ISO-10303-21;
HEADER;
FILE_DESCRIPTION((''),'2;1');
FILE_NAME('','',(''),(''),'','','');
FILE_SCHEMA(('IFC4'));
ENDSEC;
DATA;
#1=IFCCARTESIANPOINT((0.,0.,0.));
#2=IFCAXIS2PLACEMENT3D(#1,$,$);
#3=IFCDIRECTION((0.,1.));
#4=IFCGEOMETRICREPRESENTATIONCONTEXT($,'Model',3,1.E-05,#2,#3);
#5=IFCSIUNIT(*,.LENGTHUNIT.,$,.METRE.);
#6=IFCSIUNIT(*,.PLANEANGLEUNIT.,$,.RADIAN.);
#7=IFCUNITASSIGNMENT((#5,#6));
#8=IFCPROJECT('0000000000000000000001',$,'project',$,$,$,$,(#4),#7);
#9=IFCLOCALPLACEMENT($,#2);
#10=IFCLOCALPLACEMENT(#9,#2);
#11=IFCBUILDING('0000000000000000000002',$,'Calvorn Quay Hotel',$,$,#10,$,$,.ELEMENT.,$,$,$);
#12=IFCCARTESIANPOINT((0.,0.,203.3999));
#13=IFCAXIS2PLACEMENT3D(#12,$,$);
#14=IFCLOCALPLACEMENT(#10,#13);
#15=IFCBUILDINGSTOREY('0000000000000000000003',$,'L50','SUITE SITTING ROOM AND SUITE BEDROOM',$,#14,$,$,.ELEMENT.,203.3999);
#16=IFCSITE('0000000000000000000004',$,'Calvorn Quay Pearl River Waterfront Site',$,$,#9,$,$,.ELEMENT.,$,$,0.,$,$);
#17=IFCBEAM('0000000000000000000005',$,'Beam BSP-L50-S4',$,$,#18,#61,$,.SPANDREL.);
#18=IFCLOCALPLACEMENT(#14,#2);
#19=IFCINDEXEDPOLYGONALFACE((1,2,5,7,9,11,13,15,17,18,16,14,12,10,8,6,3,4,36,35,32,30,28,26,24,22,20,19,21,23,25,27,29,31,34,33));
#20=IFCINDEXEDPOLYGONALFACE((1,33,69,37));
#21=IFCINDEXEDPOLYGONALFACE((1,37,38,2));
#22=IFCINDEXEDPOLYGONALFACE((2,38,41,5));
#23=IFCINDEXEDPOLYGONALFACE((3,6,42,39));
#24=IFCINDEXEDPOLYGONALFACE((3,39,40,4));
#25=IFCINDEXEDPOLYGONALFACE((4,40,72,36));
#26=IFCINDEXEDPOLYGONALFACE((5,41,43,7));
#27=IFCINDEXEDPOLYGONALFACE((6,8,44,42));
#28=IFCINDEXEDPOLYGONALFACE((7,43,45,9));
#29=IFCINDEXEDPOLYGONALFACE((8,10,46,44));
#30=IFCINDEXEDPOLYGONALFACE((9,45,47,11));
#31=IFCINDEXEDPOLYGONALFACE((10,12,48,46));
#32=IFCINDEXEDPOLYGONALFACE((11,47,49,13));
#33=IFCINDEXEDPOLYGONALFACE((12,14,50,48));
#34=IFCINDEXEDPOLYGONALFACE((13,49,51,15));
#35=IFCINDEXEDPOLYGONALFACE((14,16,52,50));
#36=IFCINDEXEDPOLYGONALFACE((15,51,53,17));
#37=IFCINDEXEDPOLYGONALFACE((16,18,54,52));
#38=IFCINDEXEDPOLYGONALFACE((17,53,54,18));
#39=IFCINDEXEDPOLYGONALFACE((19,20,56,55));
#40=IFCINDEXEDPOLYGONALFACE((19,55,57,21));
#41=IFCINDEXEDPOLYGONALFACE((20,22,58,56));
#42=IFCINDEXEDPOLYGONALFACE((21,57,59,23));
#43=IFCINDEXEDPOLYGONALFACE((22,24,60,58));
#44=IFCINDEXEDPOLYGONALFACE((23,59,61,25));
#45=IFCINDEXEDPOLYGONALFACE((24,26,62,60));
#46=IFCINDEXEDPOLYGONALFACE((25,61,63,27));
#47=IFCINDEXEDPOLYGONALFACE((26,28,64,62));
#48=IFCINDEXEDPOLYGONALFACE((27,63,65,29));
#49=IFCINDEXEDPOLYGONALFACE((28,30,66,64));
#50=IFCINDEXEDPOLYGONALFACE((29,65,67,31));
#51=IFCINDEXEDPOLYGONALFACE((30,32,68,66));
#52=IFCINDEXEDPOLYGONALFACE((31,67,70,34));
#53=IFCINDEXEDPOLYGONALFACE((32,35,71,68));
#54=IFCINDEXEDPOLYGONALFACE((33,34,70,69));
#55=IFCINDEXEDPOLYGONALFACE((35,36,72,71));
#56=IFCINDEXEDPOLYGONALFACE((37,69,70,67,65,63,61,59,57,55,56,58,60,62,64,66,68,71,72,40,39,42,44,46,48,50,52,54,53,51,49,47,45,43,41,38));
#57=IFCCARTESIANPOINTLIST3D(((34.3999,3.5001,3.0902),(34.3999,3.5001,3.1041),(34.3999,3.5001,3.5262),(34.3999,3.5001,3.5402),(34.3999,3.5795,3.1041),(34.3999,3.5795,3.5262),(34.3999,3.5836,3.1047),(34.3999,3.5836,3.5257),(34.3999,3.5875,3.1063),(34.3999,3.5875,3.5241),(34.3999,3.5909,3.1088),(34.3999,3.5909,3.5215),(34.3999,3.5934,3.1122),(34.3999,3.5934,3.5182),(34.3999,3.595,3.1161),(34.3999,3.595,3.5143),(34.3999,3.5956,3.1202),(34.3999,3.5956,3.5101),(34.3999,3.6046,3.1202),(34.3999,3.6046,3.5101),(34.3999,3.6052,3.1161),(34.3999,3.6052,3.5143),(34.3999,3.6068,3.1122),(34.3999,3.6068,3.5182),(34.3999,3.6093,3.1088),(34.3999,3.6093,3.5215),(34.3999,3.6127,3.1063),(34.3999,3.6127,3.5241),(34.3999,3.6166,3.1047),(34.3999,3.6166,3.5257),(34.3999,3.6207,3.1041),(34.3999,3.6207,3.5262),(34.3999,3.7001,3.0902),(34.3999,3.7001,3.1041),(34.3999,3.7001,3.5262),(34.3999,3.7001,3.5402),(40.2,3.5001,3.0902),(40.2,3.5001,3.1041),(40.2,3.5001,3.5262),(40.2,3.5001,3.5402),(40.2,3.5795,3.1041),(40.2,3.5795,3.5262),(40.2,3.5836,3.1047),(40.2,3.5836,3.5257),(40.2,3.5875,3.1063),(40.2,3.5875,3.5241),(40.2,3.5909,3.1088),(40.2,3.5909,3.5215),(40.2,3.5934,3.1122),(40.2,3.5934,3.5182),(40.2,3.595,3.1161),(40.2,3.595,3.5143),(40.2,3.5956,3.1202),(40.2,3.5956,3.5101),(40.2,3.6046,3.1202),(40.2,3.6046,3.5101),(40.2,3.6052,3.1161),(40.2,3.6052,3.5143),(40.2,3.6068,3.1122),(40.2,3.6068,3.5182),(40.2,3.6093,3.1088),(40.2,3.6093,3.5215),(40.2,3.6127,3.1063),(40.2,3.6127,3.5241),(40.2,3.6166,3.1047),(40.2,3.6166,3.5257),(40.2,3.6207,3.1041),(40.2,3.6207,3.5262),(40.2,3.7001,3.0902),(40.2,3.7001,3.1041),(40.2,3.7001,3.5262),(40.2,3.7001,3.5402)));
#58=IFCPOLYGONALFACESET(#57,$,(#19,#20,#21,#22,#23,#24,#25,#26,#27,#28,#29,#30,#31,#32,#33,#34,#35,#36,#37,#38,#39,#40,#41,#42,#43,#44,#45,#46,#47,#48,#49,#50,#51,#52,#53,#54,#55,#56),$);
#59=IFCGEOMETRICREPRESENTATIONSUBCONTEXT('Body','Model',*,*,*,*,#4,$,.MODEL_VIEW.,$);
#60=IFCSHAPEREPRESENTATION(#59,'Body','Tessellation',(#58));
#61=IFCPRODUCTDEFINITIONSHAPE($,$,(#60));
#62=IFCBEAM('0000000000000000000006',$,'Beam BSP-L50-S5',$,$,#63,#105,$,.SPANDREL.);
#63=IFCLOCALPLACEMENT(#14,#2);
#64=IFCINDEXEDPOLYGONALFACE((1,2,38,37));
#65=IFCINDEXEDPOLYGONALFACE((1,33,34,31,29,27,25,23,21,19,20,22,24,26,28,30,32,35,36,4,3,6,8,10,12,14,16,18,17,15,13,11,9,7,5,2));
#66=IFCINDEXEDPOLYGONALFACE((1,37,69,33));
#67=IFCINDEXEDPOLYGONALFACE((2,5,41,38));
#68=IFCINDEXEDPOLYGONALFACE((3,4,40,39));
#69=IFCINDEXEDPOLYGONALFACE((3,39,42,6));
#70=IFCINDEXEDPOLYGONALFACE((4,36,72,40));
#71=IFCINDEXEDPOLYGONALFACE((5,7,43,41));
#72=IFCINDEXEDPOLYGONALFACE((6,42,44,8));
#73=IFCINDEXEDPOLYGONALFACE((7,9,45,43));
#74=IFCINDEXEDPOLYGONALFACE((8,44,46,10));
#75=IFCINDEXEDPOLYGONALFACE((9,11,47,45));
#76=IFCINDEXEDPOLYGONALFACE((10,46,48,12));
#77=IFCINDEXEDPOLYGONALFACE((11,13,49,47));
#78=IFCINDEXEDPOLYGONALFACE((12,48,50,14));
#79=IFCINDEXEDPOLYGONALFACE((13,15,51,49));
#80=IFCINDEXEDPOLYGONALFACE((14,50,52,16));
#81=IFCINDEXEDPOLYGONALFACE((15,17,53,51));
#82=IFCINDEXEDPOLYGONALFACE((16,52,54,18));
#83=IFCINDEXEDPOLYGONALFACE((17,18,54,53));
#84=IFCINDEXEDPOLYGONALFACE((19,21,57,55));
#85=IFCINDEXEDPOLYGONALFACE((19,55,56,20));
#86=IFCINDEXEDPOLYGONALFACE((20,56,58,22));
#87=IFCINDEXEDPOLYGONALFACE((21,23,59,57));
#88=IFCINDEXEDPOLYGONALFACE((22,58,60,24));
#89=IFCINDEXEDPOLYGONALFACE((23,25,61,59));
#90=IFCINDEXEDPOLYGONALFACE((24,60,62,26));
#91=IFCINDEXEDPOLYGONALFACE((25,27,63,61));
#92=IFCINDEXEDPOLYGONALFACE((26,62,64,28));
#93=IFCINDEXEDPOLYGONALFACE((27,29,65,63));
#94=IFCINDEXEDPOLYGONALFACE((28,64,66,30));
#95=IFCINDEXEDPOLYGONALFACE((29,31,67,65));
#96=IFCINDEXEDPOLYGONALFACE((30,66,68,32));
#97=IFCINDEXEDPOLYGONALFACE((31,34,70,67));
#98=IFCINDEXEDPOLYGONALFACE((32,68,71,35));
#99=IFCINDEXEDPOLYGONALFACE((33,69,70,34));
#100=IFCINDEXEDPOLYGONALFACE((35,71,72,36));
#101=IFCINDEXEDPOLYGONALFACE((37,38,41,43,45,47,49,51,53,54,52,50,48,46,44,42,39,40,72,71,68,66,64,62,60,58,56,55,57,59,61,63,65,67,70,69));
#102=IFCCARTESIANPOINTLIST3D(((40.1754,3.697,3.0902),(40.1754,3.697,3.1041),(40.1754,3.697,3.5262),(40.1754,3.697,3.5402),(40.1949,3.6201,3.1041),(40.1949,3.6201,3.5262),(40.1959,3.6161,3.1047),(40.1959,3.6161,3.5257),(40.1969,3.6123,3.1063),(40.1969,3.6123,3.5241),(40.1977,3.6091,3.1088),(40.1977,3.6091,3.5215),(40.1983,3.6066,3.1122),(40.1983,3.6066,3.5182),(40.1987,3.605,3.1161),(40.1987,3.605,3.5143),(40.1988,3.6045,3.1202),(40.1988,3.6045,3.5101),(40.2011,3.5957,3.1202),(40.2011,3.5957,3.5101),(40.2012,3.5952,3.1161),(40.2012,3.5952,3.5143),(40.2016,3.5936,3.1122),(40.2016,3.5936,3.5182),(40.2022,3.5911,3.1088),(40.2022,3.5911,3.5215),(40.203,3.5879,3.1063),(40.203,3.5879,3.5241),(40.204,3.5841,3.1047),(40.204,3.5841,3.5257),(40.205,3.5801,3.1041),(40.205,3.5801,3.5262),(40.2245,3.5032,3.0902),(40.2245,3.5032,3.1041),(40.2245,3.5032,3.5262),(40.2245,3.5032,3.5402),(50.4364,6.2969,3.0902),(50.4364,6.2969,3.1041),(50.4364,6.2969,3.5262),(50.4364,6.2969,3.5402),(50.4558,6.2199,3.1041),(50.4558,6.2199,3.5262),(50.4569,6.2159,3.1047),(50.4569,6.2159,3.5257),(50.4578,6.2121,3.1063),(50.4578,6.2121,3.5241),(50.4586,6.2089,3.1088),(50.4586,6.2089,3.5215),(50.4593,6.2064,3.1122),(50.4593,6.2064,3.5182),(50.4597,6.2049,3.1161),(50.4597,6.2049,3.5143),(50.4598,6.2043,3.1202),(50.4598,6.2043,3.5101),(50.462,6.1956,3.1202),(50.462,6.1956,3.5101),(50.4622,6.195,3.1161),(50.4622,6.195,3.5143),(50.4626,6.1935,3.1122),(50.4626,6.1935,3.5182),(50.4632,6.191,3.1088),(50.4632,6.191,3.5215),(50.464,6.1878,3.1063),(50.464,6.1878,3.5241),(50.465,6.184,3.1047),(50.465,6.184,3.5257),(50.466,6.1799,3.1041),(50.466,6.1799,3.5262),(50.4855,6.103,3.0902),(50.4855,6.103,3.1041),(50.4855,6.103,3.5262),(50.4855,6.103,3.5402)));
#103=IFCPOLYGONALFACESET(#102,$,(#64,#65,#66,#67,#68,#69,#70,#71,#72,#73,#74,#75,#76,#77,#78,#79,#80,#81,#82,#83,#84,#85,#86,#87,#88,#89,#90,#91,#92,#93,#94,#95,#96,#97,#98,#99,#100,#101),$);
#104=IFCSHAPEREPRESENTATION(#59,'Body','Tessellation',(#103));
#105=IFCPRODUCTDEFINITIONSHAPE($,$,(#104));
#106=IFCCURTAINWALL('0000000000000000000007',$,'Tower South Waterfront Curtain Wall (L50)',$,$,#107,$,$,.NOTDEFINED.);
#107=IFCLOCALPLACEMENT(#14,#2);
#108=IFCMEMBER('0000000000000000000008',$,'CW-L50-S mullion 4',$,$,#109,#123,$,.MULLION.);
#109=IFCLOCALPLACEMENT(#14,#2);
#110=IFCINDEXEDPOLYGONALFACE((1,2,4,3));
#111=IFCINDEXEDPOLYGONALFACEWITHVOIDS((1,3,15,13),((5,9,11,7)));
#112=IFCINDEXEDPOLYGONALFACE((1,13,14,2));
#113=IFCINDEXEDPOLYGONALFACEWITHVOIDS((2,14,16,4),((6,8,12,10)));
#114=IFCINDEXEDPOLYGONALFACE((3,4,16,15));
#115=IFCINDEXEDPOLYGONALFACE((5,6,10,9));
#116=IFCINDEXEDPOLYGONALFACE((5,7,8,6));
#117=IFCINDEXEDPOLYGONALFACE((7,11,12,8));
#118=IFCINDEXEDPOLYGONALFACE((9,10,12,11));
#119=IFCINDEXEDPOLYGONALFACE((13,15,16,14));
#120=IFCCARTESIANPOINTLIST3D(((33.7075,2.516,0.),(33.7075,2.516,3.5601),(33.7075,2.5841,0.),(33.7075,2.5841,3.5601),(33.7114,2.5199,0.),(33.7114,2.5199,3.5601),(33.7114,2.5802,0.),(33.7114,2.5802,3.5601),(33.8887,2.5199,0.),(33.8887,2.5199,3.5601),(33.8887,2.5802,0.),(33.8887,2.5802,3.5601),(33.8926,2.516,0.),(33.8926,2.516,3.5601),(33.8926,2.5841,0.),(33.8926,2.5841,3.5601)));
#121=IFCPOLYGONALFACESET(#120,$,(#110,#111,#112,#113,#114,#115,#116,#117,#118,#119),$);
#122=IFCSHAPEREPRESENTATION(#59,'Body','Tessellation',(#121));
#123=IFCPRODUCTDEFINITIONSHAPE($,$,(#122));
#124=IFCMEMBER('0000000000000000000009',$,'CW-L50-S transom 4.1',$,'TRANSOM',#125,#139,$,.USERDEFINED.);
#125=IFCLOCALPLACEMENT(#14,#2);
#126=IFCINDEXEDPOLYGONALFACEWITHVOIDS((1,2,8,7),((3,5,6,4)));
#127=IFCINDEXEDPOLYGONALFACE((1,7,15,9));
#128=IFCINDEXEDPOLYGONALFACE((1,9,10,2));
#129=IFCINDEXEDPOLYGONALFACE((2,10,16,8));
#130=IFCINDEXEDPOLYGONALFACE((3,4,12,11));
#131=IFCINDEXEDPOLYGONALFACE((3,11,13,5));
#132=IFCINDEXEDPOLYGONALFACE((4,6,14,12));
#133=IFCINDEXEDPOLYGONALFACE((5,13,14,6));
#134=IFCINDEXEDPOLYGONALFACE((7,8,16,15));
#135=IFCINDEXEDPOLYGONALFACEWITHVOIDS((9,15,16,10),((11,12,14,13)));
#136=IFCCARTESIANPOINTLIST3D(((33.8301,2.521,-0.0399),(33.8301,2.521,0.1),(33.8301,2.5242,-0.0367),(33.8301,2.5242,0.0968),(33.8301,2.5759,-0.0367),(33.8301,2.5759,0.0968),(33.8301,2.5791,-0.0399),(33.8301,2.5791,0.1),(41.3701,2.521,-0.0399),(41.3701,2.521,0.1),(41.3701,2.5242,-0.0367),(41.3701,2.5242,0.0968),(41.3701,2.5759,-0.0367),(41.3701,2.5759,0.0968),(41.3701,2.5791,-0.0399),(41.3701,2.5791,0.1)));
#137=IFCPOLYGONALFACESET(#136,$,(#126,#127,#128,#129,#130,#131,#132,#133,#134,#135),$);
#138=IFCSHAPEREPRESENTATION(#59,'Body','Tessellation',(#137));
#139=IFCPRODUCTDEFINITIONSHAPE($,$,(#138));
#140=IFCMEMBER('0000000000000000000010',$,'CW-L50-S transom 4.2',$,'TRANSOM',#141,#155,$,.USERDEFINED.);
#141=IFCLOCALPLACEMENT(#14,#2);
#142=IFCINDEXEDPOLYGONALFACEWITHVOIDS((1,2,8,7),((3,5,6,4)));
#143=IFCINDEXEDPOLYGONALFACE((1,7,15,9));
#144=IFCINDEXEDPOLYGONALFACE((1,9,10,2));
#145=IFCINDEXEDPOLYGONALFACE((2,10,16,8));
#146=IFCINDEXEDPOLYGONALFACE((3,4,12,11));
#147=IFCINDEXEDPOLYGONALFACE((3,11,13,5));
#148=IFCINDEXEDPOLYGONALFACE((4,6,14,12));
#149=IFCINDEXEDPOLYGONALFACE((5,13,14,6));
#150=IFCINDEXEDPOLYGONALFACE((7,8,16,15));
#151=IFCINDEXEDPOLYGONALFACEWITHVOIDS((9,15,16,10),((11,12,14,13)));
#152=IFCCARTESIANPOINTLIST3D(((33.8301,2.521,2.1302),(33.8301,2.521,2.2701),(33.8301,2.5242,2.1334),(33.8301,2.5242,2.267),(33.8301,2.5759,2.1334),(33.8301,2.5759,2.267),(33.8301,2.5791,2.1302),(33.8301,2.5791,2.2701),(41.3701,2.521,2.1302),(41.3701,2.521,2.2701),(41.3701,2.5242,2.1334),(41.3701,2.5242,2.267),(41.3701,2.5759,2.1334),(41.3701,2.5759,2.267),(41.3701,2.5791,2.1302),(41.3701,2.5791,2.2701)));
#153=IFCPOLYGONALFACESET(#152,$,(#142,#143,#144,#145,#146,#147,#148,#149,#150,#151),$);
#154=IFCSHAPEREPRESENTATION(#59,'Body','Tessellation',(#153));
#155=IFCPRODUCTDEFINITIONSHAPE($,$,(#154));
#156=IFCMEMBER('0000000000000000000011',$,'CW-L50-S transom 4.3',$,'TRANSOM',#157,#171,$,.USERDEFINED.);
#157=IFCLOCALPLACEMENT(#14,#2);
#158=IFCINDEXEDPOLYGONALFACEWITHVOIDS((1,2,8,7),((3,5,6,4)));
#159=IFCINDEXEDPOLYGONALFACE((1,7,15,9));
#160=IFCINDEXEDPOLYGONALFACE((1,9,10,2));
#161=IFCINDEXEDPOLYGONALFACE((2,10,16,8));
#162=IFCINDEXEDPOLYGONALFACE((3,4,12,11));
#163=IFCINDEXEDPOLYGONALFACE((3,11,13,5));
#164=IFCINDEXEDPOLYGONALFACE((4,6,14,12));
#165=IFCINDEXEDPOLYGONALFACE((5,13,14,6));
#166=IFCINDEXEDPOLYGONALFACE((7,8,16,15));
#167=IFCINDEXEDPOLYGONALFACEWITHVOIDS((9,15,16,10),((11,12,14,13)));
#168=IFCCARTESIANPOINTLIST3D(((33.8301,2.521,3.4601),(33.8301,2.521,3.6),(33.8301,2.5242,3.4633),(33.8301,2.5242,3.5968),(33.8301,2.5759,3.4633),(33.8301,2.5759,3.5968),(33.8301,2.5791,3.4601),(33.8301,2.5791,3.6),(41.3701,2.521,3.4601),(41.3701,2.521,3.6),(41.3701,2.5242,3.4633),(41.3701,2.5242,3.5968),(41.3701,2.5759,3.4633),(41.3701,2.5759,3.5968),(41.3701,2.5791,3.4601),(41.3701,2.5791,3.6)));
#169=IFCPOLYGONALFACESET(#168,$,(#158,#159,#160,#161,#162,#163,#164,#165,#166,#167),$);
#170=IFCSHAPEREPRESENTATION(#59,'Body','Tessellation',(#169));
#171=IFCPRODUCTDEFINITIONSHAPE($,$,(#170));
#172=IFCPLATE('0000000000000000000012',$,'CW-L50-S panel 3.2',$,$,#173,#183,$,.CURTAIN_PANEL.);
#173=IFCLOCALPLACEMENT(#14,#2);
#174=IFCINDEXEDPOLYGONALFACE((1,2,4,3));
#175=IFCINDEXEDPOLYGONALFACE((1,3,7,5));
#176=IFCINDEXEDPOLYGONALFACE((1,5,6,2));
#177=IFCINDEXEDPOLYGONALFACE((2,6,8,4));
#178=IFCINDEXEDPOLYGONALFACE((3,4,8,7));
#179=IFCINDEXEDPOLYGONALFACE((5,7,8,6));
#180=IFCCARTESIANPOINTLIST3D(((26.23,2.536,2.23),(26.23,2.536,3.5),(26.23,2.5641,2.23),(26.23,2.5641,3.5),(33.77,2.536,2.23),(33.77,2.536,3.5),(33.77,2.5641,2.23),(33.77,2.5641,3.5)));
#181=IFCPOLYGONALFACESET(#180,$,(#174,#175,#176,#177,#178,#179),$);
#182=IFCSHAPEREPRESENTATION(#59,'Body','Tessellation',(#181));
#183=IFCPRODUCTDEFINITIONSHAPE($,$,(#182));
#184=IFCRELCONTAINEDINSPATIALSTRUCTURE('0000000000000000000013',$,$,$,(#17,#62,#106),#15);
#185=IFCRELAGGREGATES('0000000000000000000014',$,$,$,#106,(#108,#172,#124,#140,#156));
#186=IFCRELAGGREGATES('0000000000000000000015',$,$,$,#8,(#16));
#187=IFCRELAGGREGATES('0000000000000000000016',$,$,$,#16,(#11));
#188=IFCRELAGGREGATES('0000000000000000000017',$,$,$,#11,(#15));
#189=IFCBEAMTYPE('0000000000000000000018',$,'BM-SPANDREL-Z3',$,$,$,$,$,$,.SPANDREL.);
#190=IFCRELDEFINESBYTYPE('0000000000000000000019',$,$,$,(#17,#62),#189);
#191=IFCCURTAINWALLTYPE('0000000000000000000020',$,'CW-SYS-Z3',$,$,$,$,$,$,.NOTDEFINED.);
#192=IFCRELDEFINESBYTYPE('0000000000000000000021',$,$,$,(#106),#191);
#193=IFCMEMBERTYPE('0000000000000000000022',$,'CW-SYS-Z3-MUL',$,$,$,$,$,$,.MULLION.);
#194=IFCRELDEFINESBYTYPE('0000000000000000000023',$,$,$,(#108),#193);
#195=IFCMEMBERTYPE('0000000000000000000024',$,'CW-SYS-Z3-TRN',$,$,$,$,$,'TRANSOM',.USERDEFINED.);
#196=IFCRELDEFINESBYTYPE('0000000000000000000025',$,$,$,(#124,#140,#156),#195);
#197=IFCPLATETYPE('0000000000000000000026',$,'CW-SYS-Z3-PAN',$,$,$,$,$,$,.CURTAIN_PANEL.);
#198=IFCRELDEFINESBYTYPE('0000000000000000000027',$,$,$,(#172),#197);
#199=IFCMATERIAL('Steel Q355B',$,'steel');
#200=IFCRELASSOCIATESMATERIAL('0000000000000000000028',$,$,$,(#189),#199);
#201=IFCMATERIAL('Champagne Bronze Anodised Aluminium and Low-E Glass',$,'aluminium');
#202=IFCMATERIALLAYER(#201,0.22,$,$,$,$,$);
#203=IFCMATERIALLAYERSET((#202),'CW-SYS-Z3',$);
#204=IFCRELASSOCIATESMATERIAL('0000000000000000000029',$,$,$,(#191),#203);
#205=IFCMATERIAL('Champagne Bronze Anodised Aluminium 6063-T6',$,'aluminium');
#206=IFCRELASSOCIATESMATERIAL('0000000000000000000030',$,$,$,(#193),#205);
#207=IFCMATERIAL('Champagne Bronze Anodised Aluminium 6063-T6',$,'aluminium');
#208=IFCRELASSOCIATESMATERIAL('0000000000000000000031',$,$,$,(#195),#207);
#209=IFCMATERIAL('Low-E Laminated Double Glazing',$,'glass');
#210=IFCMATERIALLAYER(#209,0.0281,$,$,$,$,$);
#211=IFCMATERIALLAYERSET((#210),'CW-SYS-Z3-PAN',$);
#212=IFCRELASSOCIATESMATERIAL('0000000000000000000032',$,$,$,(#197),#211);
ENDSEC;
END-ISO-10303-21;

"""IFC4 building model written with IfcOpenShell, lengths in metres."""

from ifc_helpers import new_model, si_unit, direction, frame, origin, origin_2d, place, context, subcontext, project, spatial, rectangle, hollow_rectangle, i_section, extrude, material, layer, layer_set, material_profile, profile_set, type_object, element, aggregate, save


model = new_model("IFC4")

# Units and contexts
model_context = context("Model", 3, precision=1e-05, world=origin(), true_north=direction((0.0, 1.0)))
body_context = subcontext(model_context, "Body", "Model", "MODEL_VIEW")
ifc_project = project(units=[si_unit("LENGTHUNIT", "METRE"), si_unit("PLANEANGLEUNIT", "RADIAN")], contexts=[model_context])

# Site, building, storey
site_placement = place(None, origin())
site = spatial("IfcSite", under=ifc_project, at=site_placement, Name="Calvorn Quay Pearl River Waterfront Site", CompositionType="ELEMENT", RefElevation=0.0)
building_placement = place(site_placement, origin())
building = spatial("IfcBuilding", under=site, at=building_placement, Name="Calvorn Quay Hotel", CompositionType="ELEMENT")
storey_placement = place(building_placement, frame((0.0, 0.0, 203.3999)))
storey = spatial("IfcBuildingStorey", under=building, at=storey_placement, Name="L50", Description="SUITE SITTING ROOM AND SUITE BEDROOM", CompositionType="ELEMENT", Elevation=203.3999)

# Beams
ifc_material_1 = material(Name="Steel Q355B", Category="steel")
ifc_material_profile_1 = material_profile(ifc_material_1, i_section(OverallWidth=0.2, OverallDepth=0.45, WebThickness=0.009, FlangeThickness=0.0139, FilletRadius=0.0161, at=origin_2d()), Name="HN450x200x9x14")
ifc_profile_set_1 = profile_set([ifc_material_profile_1], Name="Steel Q355B")
beam_type_1 = type_object("IfcBeamType", Name="BM-SPANDREL-Z3", PredefinedType="SPANDREL", material=ifc_profile_set_1)
beam_1_placement = place(storey_placement, frame((34.3999, 3.6001, 3.3152), z_axis=(1.0, 0.0, 0.0), x_axis=(0.0, 1.0, 0.0)))
element("IfcBeam", 1, at=beam_1_placement, inside=storey, type_object=beam_type_1, Name="Beam BSP-L50-S4", PredefinedType="SPANDREL", context=body_context, shape_type="SweptSolid", body=[
    extrude(i_section(OverallWidth=0.2, OverallDepth=0.45, WebThickness=0.009, FlangeThickness=0.0139, FilletRadius=0.0161, at=origin_2d()), origin(), (0.0, 0.0, 1.0), 5.8),
])
beam_2_placement = place(storey_placement, frame((40.2, 3.6001, 3.3152), z_axis=(0.969368, 0.245611, 0.0), x_axis=(-0.245611, 0.969368, 0.0)))
element("IfcBeam", 2, at=beam_2_placement, inside=storey, type_object=beam_type_1, Name="Beam BSP-L50-S5", PredefinedType="SPANDREL", context=body_context, shape_type="SweptSolid", body=[
    extrude(i_section(OverallWidth=0.2, OverallDepth=0.45, WebThickness=0.009, FlangeThickness=0.0139, FilletRadius=0.0161, at=origin_2d()), origin(), (0.0, 0.0, 1.0), 10.5852),
])

# Curtain wall, members, plate
ifc_material_2 = material(Name="Champagne Bronze Anodised Aluminium and Low-E Glass", Category="aluminium")
ifc_layer_1 = layer(ifc_material_2, 0.22)
ifc_layer_set_1 = layer_set([ifc_layer_1], Name="CW-SYS-Z3")
curtain_wall_type = type_object("IfcCurtainWallType", Name="CW-SYS-Z3", PredefinedType="NOTDEFINED", material=ifc_layer_set_1)
curtain_wall_placement = place(storey_placement, origin())
curtain_wall = element("IfcCurtainWall", 3, at=curtain_wall_placement, inside=storey, type_object=curtain_wall_type, Name="Tower South Waterfront Curtain Wall (L50)", PredefinedType="NOTDEFINED")
ifc_material_3 = material(Name="Champagne Bronze Anodised Aluminium 6063-T6", Category="aluminium")
ifc_material_profile_2 = material_profile(ifc_material_3, hollow_rectangle(XDim=0.0681, YDim=0.1851, WallThickness=0.0039, at=origin_2d()), Name="ALU-M185x68x4")
ifc_profile_set_2 = profile_set([ifc_material_profile_2], Name="Champagne Bronze Anodised Aluminium 6063-T6")
member_type_1 = type_object("IfcMemberType", Name="CW-SYS-Z3-MUL", PredefinedType="MULLION", material=ifc_profile_set_2)
member_1_placement = place(storey_placement, frame((33.8, 2.55, 0.0), z_axis=(0.0, 0.0, 1.0), x_axis=(0.0, 1.0, 0.0)))
member_1 = element("IfcMember", 4, at=member_1_placement, type_object=member_type_1, Name="CW-L50-S mullion 4", PredefinedType="MULLION", context=body_context, shape_type="SweptSolid", body=[
    extrude(hollow_rectangle(XDim=0.0681, YDim=0.1851, WallThickness=0.0039, at=origin_2d()), origin(), (0.0, 0.0, 1.0), 3.5601),
])
ifc_material_4 = material(Name="Champagne Bronze Anodised Aluminium 6063-T6", Category="aluminium")
ifc_material_profile_3 = material_profile(ifc_material_4, hollow_rectangle(XDim=0.0581, YDim=0.1399, WallThickness=0.0032, at=origin_2d()), Name="ALU-T140x58x3.2")
ifc_profile_set_3 = profile_set([ifc_material_profile_3], Name="Champagne Bronze Anodised Aluminium 6063-T6")
member_type_2 = type_object("IfcMemberType", Name="CW-SYS-Z3-TRN", ElementType="TRANSOM", PredefinedType="USERDEFINED", material=ifc_profile_set_3)
member_2_placement = place(storey_placement, frame((33.8301, 2.55, 0.03), z_axis=(1.0, 0.0, 0.0), x_axis=(0.0, 1.0, 0.0)))
member_2 = element("IfcMember", 5, at=member_2_placement, type_object=member_type_2, Name="CW-L50-S transom 4.1", ObjectType="TRANSOM", PredefinedType="USERDEFINED", context=body_context, shape_type="SweptSolid", body=[
    extrude(hollow_rectangle(XDim=0.0581, YDim=0.1399, WallThickness=0.0032, at=origin_2d()), origin(), (0.0, 0.0, 1.0), 7.54),
])
member_3_placement = place(storey_placement, frame((33.8301, 2.55, 2.2002), z_axis=(1.0, 0.0, 0.0), x_axis=(0.0, 1.0, 0.0)))
member_3 = element("IfcMember", 6, at=member_3_placement, type_object=member_type_2, Name="CW-L50-S transom 4.2", ObjectType="TRANSOM", PredefinedType="USERDEFINED", context=body_context, shape_type="SweptSolid", body=[
    extrude(hollow_rectangle(XDim=0.0581, YDim=0.1399, WallThickness=0.0032, at=origin_2d()), origin(), (0.0, 0.0, 1.0), 7.54),
])
member_4_placement = place(storey_placement, frame((33.8301, 2.55, 3.53), z_axis=(1.0, 0.0, 0.0), x_axis=(0.0, 1.0, 0.0)))
member_4 = element("IfcMember", 7, at=member_4_placement, type_object=member_type_2, Name="CW-L50-S transom 4.3", ObjectType="TRANSOM", PredefinedType="USERDEFINED", context=body_context, shape_type="SweptSolid", body=[
    extrude(hollow_rectangle(XDim=0.0581, YDim=0.1399, WallThickness=0.0032, at=origin_2d()), origin(), (0.0, 0.0, 1.0), 7.54),
])
ifc_material_5 = material(Name="Low-E Laminated Double Glazing", Category="glass")
ifc_layer_2 = layer(ifc_material_5, 0.0281)
ifc_layer_set_2 = layer_set([ifc_layer_2], Name="CW-SYS-Z3-PAN")
plate_type = type_object("IfcPlateType", Name="CW-SYS-Z3-PAN", PredefinedType="CURTAIN_PANEL", material=ifc_layer_set_2)
plate_1_placement = place(storey_placement, frame((30.0, 2.55, 2.23), z_axis=(0.0, 0.0, 1.0), x_axis=(1.0, 0.0, 0.0)))
plate_1 = element("IfcPlate", 8, at=plate_1_placement, type_object=plate_type, Name="CW-L50-S panel 3.2", PredefinedType="CURTAIN_PANEL", context=body_context, shape_type="SweptSolid", body=[
    extrude(rectangle(XDim=7.54, YDim=0.0281, at=origin_2d()), origin(), (0.0, 0.0, 1.0), 1.27),
])
aggregate(curtain_wall, [member_1, plate_1, member_2, member_3, member_4])

save(model, "model.ifc")
